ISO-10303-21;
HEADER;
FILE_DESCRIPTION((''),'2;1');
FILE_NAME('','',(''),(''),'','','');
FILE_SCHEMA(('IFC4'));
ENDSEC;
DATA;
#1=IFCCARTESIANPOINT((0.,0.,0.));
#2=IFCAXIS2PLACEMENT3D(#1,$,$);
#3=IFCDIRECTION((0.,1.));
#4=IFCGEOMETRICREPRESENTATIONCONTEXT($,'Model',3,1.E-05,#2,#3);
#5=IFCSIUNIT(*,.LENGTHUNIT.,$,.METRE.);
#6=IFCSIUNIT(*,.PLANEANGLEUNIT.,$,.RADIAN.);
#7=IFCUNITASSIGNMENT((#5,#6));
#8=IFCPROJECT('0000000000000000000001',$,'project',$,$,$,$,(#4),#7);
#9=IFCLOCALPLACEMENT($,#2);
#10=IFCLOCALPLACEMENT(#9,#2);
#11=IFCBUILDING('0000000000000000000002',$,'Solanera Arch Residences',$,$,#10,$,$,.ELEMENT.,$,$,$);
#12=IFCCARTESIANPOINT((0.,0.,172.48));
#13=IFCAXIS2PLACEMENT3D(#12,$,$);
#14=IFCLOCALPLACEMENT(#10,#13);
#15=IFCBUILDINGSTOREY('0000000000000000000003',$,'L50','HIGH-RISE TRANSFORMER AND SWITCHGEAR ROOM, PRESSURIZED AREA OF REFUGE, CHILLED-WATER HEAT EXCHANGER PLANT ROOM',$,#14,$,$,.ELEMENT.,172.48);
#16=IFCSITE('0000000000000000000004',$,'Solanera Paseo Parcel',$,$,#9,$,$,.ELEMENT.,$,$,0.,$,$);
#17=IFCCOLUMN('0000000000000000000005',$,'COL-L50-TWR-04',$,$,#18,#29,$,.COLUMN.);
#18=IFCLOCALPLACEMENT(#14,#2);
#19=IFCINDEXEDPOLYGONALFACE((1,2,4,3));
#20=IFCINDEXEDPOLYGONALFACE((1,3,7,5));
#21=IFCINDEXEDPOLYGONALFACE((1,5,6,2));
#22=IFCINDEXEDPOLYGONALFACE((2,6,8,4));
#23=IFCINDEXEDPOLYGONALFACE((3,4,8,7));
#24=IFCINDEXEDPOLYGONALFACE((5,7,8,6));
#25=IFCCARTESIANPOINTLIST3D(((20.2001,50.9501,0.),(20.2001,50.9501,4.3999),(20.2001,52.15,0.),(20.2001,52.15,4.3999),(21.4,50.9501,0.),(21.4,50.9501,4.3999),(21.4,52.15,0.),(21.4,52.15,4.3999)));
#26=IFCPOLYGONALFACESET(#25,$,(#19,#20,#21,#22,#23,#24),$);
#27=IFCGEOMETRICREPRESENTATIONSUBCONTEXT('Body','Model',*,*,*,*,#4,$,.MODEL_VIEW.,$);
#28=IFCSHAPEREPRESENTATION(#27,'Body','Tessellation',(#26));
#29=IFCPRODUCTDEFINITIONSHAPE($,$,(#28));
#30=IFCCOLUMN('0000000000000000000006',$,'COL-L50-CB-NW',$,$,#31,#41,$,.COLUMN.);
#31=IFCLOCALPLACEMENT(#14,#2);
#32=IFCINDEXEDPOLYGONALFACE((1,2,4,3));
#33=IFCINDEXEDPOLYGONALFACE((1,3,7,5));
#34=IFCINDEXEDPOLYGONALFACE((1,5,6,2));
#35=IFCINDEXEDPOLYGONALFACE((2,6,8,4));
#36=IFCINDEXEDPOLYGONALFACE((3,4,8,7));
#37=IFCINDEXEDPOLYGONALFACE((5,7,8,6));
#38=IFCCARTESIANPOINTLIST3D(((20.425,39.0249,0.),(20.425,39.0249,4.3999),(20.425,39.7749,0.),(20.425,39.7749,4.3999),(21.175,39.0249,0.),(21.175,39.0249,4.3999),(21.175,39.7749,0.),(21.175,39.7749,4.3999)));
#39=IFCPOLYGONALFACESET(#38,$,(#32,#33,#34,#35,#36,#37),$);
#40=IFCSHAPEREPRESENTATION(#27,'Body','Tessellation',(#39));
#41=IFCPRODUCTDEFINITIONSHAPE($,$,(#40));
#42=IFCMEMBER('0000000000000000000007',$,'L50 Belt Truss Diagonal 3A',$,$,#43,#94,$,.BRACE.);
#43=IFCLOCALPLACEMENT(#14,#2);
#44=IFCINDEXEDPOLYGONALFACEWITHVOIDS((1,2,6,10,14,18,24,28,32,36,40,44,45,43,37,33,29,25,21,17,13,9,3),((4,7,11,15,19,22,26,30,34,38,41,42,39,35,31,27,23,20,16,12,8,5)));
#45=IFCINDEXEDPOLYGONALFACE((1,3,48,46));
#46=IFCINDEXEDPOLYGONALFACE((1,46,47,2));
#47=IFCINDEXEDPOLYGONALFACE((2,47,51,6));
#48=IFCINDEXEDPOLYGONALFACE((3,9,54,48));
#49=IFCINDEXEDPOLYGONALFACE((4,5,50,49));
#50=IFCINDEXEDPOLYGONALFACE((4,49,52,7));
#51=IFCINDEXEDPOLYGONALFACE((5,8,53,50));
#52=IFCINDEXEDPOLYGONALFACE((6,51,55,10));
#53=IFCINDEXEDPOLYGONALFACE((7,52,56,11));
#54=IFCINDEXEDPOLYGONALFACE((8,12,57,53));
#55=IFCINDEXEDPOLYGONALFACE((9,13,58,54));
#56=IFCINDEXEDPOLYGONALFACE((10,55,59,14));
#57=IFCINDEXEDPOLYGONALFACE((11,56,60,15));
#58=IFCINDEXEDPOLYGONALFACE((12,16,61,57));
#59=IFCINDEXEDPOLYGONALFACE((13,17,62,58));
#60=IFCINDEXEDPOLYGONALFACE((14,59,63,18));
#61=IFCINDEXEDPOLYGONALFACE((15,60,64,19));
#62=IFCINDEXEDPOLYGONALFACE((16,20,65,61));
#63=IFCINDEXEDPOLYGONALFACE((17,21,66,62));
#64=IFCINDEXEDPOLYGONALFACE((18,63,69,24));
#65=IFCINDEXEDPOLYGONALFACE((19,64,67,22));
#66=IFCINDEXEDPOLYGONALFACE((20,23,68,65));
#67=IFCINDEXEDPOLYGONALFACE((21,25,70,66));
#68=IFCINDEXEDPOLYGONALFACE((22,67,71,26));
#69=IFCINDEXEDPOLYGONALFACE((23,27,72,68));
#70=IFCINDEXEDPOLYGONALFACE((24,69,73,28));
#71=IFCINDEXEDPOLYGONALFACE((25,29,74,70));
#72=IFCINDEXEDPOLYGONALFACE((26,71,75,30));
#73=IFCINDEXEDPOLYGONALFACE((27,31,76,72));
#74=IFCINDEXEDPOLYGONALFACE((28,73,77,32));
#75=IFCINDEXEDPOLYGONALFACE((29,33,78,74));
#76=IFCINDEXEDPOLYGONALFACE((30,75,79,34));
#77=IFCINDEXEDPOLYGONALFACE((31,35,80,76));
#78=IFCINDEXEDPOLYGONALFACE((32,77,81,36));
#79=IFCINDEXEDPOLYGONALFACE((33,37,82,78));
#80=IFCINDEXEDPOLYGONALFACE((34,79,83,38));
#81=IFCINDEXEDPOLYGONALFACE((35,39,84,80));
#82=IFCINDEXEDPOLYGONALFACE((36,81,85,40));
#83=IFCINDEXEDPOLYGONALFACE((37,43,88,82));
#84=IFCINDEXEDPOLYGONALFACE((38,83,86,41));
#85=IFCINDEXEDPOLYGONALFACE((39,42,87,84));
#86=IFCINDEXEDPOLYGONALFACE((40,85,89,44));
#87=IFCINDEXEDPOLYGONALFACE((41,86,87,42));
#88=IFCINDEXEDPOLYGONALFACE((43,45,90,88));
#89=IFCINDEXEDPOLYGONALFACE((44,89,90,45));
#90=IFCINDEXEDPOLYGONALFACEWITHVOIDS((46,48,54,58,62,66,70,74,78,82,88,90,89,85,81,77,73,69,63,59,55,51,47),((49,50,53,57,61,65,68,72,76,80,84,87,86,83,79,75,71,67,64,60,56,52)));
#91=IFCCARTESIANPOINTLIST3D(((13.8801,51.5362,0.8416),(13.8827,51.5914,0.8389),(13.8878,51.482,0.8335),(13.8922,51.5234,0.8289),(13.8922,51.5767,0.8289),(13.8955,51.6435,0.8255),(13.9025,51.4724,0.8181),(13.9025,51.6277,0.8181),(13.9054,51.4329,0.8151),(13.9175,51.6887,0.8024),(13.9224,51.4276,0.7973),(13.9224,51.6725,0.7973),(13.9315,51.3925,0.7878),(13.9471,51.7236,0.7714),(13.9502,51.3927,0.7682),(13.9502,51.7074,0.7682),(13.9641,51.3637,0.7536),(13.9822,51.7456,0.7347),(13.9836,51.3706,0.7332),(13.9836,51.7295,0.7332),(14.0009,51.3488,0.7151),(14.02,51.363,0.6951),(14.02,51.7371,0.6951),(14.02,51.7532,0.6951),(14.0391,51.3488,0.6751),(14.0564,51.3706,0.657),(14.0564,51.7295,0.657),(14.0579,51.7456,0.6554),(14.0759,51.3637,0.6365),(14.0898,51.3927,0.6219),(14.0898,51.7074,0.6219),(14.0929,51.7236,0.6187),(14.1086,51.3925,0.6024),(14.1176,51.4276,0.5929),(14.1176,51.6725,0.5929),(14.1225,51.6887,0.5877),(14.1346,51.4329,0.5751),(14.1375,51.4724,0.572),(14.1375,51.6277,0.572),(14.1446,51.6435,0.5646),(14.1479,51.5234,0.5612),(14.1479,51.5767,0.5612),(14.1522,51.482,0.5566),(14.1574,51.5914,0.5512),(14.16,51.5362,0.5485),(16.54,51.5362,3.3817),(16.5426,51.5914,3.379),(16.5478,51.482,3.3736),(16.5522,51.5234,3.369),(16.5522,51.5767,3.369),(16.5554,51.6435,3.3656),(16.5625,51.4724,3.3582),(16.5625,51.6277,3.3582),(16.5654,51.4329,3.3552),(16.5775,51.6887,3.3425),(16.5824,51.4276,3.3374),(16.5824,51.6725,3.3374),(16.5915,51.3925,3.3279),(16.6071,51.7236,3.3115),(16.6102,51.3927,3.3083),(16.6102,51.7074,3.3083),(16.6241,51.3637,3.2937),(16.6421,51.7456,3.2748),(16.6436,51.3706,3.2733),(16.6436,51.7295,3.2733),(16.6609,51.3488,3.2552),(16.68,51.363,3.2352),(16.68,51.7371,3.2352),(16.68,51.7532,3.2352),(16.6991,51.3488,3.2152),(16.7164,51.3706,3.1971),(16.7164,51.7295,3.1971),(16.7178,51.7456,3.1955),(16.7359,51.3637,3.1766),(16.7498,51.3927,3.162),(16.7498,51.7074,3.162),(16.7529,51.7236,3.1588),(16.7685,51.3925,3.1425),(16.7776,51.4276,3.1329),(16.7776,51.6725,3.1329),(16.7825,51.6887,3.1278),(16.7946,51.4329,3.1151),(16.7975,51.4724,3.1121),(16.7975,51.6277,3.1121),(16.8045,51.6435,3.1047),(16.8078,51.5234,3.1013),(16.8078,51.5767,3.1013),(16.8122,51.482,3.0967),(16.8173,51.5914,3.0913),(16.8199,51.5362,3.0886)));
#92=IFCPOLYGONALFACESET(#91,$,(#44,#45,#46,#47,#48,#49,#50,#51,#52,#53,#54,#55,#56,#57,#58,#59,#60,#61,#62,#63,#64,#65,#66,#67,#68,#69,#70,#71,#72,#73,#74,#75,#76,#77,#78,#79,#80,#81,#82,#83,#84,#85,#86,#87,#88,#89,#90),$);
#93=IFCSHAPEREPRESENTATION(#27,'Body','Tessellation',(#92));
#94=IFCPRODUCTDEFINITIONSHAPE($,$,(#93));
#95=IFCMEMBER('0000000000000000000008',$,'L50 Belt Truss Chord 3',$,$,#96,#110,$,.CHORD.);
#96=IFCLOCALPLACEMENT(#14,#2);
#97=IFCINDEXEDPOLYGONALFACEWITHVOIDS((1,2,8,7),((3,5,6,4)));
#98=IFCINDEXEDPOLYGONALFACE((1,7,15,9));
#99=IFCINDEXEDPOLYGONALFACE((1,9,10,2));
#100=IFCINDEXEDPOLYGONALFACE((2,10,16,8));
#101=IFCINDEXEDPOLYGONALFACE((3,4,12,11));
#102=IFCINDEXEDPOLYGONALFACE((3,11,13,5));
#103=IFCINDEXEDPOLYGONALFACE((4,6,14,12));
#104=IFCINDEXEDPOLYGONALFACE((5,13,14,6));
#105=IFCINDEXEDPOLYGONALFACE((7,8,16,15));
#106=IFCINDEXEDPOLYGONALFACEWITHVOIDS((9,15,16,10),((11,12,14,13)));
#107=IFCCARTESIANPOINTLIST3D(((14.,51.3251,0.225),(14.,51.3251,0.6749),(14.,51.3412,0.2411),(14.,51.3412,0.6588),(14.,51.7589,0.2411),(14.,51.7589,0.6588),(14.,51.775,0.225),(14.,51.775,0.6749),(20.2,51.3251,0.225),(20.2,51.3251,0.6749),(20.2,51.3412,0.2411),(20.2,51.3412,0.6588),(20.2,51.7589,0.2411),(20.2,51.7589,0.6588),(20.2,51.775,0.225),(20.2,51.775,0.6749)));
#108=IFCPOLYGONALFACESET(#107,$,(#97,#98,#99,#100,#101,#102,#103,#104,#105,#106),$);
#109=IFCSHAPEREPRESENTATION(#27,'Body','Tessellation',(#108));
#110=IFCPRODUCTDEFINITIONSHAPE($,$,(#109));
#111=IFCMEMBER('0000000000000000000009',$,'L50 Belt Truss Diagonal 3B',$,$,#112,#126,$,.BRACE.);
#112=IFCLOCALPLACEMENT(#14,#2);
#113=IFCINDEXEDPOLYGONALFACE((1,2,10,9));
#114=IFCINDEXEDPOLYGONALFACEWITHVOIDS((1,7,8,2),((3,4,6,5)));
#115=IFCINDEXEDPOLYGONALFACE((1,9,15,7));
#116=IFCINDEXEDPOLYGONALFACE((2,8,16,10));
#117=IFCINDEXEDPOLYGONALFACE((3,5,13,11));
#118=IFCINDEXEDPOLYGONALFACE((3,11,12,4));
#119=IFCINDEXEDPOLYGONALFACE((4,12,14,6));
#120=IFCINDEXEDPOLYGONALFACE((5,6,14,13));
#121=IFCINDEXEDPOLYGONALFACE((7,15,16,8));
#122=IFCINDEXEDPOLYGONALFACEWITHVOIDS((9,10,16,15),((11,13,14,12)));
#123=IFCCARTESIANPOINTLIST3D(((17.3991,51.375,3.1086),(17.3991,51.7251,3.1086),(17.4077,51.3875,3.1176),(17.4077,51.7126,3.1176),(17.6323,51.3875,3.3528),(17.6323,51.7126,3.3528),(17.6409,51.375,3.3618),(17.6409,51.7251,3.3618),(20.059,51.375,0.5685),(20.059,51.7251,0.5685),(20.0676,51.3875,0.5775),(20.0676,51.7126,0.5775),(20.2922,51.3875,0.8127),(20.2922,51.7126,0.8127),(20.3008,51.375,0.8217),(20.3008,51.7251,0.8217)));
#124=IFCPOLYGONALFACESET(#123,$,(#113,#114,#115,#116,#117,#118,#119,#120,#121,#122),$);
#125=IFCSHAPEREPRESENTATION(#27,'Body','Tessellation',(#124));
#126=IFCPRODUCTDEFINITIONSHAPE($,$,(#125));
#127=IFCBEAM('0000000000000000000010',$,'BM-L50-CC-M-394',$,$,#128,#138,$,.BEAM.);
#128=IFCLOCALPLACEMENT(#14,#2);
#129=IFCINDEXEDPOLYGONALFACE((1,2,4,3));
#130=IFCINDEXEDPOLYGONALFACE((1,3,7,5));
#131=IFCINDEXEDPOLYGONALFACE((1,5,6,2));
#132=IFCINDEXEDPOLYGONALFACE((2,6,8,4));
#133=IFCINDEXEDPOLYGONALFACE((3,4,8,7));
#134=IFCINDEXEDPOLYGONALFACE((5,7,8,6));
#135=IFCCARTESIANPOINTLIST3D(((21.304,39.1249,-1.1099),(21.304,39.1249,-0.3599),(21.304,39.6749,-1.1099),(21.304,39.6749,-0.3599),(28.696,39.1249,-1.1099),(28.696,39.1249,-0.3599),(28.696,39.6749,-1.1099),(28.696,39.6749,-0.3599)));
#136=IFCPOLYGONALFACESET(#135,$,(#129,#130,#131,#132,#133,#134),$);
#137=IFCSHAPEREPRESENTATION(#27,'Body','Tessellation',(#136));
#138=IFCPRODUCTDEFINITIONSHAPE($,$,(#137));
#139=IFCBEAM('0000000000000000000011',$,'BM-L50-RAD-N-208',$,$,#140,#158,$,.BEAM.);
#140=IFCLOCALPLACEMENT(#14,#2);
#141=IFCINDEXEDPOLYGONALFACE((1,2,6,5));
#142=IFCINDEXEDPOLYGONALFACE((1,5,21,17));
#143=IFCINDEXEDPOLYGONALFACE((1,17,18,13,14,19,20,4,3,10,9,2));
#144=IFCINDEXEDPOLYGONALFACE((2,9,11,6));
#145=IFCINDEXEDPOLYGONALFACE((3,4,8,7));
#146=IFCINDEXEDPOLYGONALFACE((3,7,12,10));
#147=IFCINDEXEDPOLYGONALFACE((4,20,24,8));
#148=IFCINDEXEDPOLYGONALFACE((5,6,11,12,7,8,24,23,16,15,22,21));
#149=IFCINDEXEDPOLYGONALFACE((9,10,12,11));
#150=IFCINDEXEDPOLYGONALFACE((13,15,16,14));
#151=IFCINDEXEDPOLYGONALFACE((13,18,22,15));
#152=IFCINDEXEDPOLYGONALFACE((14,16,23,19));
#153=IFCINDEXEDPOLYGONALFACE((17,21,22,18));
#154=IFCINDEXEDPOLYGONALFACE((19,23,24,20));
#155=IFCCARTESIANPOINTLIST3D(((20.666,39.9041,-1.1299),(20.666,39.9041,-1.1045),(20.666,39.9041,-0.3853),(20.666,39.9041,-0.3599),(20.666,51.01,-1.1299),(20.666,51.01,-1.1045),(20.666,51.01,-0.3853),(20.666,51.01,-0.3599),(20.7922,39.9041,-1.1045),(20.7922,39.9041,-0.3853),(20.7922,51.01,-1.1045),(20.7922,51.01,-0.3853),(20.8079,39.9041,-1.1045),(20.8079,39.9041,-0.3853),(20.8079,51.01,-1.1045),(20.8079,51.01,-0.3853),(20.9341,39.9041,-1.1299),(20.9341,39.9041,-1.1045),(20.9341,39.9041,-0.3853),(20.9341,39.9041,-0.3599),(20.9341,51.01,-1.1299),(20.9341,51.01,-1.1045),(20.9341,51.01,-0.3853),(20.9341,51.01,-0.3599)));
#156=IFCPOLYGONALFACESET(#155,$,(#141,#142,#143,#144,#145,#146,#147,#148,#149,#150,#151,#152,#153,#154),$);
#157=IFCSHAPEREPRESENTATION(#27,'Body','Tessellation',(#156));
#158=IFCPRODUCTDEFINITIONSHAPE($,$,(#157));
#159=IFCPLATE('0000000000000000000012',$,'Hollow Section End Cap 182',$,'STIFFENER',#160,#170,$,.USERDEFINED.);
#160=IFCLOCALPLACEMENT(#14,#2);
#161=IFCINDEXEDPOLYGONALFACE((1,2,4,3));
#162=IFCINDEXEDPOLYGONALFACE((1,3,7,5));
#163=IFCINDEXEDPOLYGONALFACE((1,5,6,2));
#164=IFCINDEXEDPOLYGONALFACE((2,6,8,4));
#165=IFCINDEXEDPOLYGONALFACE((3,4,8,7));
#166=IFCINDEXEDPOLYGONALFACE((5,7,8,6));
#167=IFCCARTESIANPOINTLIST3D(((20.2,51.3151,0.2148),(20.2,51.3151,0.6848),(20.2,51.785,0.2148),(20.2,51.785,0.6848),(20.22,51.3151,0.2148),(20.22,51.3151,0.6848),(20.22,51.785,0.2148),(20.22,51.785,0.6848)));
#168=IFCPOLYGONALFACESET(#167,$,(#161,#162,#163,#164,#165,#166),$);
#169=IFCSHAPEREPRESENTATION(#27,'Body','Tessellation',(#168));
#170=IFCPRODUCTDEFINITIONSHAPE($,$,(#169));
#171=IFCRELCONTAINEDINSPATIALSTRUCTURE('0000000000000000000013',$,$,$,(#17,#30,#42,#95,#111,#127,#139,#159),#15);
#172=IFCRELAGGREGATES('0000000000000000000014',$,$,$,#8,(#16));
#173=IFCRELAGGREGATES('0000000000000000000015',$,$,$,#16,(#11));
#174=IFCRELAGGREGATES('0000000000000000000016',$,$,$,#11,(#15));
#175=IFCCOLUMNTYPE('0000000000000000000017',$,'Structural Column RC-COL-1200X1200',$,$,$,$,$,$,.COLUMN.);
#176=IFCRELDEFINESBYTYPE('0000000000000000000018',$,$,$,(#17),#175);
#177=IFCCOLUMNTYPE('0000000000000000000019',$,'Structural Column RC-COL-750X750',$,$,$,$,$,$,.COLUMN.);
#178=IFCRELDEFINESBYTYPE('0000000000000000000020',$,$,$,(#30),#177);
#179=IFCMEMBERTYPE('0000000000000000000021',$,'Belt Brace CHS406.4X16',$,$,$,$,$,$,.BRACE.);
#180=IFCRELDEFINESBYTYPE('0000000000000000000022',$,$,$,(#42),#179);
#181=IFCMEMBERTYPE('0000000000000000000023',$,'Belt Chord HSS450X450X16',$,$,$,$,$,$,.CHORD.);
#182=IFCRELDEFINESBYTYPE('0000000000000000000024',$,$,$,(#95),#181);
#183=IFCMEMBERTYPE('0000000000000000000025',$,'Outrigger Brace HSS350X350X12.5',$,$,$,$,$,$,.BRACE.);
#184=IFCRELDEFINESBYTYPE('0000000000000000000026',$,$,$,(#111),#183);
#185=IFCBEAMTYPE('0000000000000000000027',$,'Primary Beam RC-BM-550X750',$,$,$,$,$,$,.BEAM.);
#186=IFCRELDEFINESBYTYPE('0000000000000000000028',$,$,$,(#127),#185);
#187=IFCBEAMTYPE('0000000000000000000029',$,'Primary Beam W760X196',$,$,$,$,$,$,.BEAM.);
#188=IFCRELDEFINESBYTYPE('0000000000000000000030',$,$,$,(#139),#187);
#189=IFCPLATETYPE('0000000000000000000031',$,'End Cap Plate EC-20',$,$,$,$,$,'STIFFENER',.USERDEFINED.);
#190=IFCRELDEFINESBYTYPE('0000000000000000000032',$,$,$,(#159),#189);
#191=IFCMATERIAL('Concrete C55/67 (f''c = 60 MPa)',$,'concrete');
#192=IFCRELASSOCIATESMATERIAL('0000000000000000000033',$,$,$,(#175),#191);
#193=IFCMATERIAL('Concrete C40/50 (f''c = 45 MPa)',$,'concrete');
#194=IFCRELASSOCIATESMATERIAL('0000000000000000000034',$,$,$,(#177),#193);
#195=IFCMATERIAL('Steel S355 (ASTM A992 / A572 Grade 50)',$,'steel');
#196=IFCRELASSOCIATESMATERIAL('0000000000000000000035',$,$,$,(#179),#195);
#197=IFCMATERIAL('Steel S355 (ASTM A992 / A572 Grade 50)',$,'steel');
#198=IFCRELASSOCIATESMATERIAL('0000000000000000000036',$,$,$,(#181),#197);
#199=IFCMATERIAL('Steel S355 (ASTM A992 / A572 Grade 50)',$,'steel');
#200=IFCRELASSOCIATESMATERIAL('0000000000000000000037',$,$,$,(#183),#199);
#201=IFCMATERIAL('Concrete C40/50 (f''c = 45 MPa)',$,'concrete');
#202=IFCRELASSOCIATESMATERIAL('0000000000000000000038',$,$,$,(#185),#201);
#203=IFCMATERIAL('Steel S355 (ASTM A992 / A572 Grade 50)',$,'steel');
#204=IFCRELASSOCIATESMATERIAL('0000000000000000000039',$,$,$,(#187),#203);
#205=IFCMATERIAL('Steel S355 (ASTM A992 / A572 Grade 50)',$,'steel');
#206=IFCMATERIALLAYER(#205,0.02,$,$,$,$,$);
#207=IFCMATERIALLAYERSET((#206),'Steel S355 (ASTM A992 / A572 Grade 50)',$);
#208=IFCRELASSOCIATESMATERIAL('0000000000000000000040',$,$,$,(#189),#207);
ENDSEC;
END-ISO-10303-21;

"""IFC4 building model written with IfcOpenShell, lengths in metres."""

from ifc_helpers import new_model, si_unit, direction, frame, origin, origin_2d, place, context, subcontext, project, spatial, rectangle, hollow_rectangle, hollow_circle, i_section, extrude, material, layer, layer_set, material_profile, profile_set, type_object, element, save


model = new_model("IFC4")

# Units and contexts
model_context = context("Model", 3, precision=1e-05, world=origin(), true_north=direction((0.0, 1.0)))
body_context = subcontext(model_context, "Body", "Model", "MODEL_VIEW")
ifc_project = project(units=[si_unit("LENGTHUNIT", "METRE"), si_unit("PLANEANGLEUNIT", "RADIAN")], contexts=[model_context])

# Site, building, storey
site_placement = place(None, origin())
site = spatial("IfcSite", under=ifc_project, at=site_placement, Name="Solanera Paseo Parcel", CompositionType="ELEMENT", RefElevation=0.0)
building_placement = place(site_placement, origin())
building = spatial("IfcBuilding", under=site, at=building_placement, Name="Solanera Arch Residences", CompositionType="ELEMENT")
storey_placement = place(building_placement, frame((0.0, 0.0, 172.48)))
storey = spatial("IfcBuildingStorey", under=building, at=storey_placement, Name="L50", Description="HIGH-RISE TRANSFORMER AND SWITCHGEAR ROOM, PRESSURIZED AREA OF REFUGE, CHILLED-WATER HEAT EXCHANGER PLANT ROOM", CompositionType="ELEMENT", Elevation=172.48)

# Columns
ifc_material_1 = material(Name="Concrete C55/67 (f'c = 60 MPa)", Category="concrete")
ifc_material_profile_1 = material_profile(ifc_material_1, rectangle(XDim=1.2, YDim=1.2, at=origin_2d()))
ifc_profile_set_1 = profile_set([ifc_material_profile_1], Name="Concrete C55/67 (f'c = 60 MPa)")
column_type_1 = type_object("IfcColumnType", Name="Structural Column RC-COL-1200X1200", PredefinedType="COLUMN", material=ifc_profile_set_1)
column_1_placement = place(storey_placement, frame((20.8, 51.55, 0.0), z_axis=(0.0, 0.0, 1.0), x_axis=(1.0, 0.0, 0.0)))
element("IfcColumn", 1, at=column_1_placement, inside=storey, type_object=column_type_1, Name="COL-L50-TWR-04", PredefinedType="COLUMN", context=body_context, shape_type="SweptSolid", body=[
    extrude(rectangle(XDim=1.2, YDim=1.2, at=origin_2d()), origin(), (0.0, 0.0, 1.0), 4.3999),
])
ifc_material_2 = material(Name="Concrete C40/50 (f'c = 45 MPa)", Category="concrete")
ifc_material_profile_2 = material_profile(ifc_material_2, rectangle(XDim=0.75, YDim=0.75, at=origin_2d()))
ifc_profile_set_2 = profile_set([ifc_material_profile_2], Name="Concrete C40/50 (f'c = 45 MPa)")
column_type_2 = type_object("IfcColumnType", Name="Structural Column RC-COL-750X750", PredefinedType="COLUMN", material=ifc_profile_set_2)
column_2_placement = place(storey_placement, frame((20.8, 39.3999, 0.0), z_axis=(0.0, 0.0, 1.0), x_axis=(1.0, 0.0, 0.0)))
element("IfcColumn", 2, at=column_2_placement, inside=storey, type_object=column_type_2, Name="COL-L50-CB-NW", PredefinedType="COLUMN", context=body_context, shape_type="SweptSolid", body=[
    extrude(rectangle(XDim=0.75, YDim=0.75, at=origin_2d()), origin(), (0.0, 0.0, 1.0), 4.3999),
])

# Members
ifc_material_3 = material(Name="Steel S355 (ASTM A992 / A572 Grade 50)", Category="steel")
ifc_material_profile_3 = material_profile(ifc_material_3, hollow_circle(Radius=0.2031, WallThickness=0.0161, at=origin_2d()))
ifc_profile_set_3 = profile_set([ifc_material_profile_3], Name="Steel S355 (ASTM A992 / A572 Grade 50)")
member_type_1 = type_object("IfcMemberType", Name="Belt Brace CHS406.4X16", PredefinedType="BRACE", material=ifc_profile_set_3)
member_1_placement = place(storey_placement, frame((14.02, 51.55, 0.6951), z_axis=(0.723215, 0.0, 0.690623), x_axis=(0.0, 1.0, 0.0)))
element("IfcMember", 3, at=member_1_placement, inside=storey, type_object=member_type_1, Name="L50 Belt Truss Diagonal 3A", PredefinedType="BRACE", context=body_context, shape_type="SweptSolid", body=[
    extrude(hollow_circle(Radius=0.2031, WallThickness=0.0161, at=origin_2d()), origin(), (0.0, 0.0, 1.0), 3.678),
])
ifc_material_4 = material(Name="Steel S355 (ASTM A992 / A572 Grade 50)", Category="steel")
ifc_material_profile_4 = material_profile(ifc_material_4, hollow_rectangle(XDim=0.45, YDim=0.45, WallThickness=0.0161, at=origin_2d()))
ifc_profile_set_4 = profile_set([ifc_material_profile_4], Name="Steel S355 (ASTM A992 / A572 Grade 50)")
member_type_2 = type_object("IfcMemberType", Name="Belt Chord HSS450X450X16", PredefinedType="CHORD", material=ifc_profile_set_4)
member_2_placement = place(storey_placement, frame((14.0, 51.55, 0.45), z_axis=(1.0, 0.0, 0.0), x_axis=(0.0, 1.0, 0.0)))
element("IfcMember", 4, at=member_2_placement, inside=storey, type_object=member_type_2, Name="L50 Belt Truss Chord 3", PredefinedType="CHORD", context=body_context, shape_type="SweptSolid", body=[
    extrude(hollow_rectangle(XDim=0.45, YDim=0.45, WallThickness=0.0161, at=origin_2d()), origin(), (0.0, 0.0, 1.0), 6.2),
])
ifc_material_5 = material(Name="Steel S355 (ASTM A992 / A572 Grade 50)", Category="steel")
ifc_material_profile_5 = material_profile(ifc_material_5, hollow_rectangle(XDim=0.3501, YDim=0.3501, WallThickness=0.0125, at=origin_2d()))
ifc_profile_set_5 = profile_set([ifc_material_profile_5], Name="Steel S355 (ASTM A992 / A572 Grade 50)")
member_type_3 = type_object("IfcMemberType", Name="Outrigger Brace HSS350X350X12.5", PredefinedType="BRACE", material=ifc_profile_set_5)
member_3_placement = place(storey_placement, frame((20.1799, 51.55, 0.6951), z_axis=(-0.723215, 0.0, 0.690623), x_axis=(0.0, -1.0, 0.0)))
element("IfcMember", 5, at=member_3_placement, inside=storey, type_object=member_type_3, Name="L50 Belt Truss Diagonal 3B", PredefinedType="BRACE", context=body_context, shape_type="SweptSolid", body=[
    extrude(hollow_rectangle(XDim=0.3501, YDim=0.3501, WallThickness=0.0125, at=origin_2d()), origin(), (0.0, 0.0, 1.0), 3.678),
])

# Beams
ifc_material_6 = material(Name="Concrete C40/50 (f'c = 45 MPa)", Category="concrete")
ifc_material_profile_6 = material_profile(ifc_material_6, rectangle(XDim=0.55, YDim=0.75, at=origin_2d()))
ifc_profile_set_6 = profile_set([ifc_material_profile_6], Name="Concrete C40/50 (f'c = 45 MPa)")
beam_type_1 = type_object("IfcBeamType", Name="Primary Beam RC-BM-550X750", PredefinedType="BEAM", material=ifc_profile_set_6)
beam_1_placement = place(storey_placement, frame((21.304, 39.3999, -0.7349), z_axis=(1.0, 0.0, 0.0), x_axis=(0.0, 1.0, 0.0)))
element("IfcBeam", 6, at=beam_1_placement, inside=storey, type_object=beam_type_1, Name="BM-L50-CC-M-394", PredefinedType="BEAM", context=body_context, shape_type="SweptSolid", body=[
    extrude(rectangle(XDim=0.55, YDim=0.75, at=origin_2d()), origin(), (0.0, 0.0, 1.0), 7.3921),
])
ifc_material_7 = material(Name="Steel S355 (ASTM A992 / A572 Grade 50)", Category="steel")
ifc_material_profile_7 = material_profile(ifc_material_7, i_section(OverallWidth=0.2681, OverallDepth=0.77, WebThickness=0.0156, FlangeThickness=0.0254, at=origin_2d()))
ifc_profile_set_7 = profile_set([ifc_material_profile_7], Name="Steel S355 (ASTM A992 / A572 Grade 50)")
beam_type_2 = type_object("IfcBeamType", Name="Primary Beam W760X196", PredefinedType="BEAM", material=ifc_profile_set_7)
beam_2_placement = place(storey_placement, frame((20.8, 39.9041, -0.7449), z_axis=(0.0, 1.0, 0.0), x_axis=(-1.0, 0.0, 0.0)))
element("IfcBeam", 7, at=beam_2_placement, inside=storey, type_object=beam_type_2, Name="BM-L50-RAD-N-208", PredefinedType="BEAM", context=body_context, shape_type="SweptSolid", body=[
    extrude(i_section(OverallWidth=0.2681, OverallDepth=0.77, WebThickness=0.0156, FlangeThickness=0.0254, at=origin_2d()), origin(), (0.0, 0.0, 1.0), 11.106),
])

# Plate
ifc_material_8 = material(Name="Steel S355 (ASTM A992 / A572 Grade 50)", Category="steel")
ifc_layer_1 = layer(ifc_material_8, 0.02)
ifc_layer_set_1 = layer_set([ifc_layer_1], Name="Steel S355 (ASTM A992 / A572 Grade 50)")
plate_type_1 = type_object("IfcPlateType", Name="End Cap Plate EC-20", ElementType="STIFFENER", PredefinedType="USERDEFINED", material=ifc_layer_set_1)
plate_1_placement = place(storey_placement, frame((20.21, 51.55, 0.2148), z_axis=(0.0, 0.0, 1.0), x_axis=(1.0, 0.0, 0.0)))
element("IfcPlate", 8, at=plate_1_placement, inside=storey, type_object=plate_type_1, Name="Hollow Section End Cap 182", ObjectType="STIFFENER", PredefinedType="USERDEFINED", context=body_context, shape_type="SweptSolid", body=[
    extrude(rectangle(XDim=0.02, YDim=0.47, at=origin_2d()), origin(), (0.0, 0.0, 1.0), 0.47),
])

save(model, "model.ifc")
